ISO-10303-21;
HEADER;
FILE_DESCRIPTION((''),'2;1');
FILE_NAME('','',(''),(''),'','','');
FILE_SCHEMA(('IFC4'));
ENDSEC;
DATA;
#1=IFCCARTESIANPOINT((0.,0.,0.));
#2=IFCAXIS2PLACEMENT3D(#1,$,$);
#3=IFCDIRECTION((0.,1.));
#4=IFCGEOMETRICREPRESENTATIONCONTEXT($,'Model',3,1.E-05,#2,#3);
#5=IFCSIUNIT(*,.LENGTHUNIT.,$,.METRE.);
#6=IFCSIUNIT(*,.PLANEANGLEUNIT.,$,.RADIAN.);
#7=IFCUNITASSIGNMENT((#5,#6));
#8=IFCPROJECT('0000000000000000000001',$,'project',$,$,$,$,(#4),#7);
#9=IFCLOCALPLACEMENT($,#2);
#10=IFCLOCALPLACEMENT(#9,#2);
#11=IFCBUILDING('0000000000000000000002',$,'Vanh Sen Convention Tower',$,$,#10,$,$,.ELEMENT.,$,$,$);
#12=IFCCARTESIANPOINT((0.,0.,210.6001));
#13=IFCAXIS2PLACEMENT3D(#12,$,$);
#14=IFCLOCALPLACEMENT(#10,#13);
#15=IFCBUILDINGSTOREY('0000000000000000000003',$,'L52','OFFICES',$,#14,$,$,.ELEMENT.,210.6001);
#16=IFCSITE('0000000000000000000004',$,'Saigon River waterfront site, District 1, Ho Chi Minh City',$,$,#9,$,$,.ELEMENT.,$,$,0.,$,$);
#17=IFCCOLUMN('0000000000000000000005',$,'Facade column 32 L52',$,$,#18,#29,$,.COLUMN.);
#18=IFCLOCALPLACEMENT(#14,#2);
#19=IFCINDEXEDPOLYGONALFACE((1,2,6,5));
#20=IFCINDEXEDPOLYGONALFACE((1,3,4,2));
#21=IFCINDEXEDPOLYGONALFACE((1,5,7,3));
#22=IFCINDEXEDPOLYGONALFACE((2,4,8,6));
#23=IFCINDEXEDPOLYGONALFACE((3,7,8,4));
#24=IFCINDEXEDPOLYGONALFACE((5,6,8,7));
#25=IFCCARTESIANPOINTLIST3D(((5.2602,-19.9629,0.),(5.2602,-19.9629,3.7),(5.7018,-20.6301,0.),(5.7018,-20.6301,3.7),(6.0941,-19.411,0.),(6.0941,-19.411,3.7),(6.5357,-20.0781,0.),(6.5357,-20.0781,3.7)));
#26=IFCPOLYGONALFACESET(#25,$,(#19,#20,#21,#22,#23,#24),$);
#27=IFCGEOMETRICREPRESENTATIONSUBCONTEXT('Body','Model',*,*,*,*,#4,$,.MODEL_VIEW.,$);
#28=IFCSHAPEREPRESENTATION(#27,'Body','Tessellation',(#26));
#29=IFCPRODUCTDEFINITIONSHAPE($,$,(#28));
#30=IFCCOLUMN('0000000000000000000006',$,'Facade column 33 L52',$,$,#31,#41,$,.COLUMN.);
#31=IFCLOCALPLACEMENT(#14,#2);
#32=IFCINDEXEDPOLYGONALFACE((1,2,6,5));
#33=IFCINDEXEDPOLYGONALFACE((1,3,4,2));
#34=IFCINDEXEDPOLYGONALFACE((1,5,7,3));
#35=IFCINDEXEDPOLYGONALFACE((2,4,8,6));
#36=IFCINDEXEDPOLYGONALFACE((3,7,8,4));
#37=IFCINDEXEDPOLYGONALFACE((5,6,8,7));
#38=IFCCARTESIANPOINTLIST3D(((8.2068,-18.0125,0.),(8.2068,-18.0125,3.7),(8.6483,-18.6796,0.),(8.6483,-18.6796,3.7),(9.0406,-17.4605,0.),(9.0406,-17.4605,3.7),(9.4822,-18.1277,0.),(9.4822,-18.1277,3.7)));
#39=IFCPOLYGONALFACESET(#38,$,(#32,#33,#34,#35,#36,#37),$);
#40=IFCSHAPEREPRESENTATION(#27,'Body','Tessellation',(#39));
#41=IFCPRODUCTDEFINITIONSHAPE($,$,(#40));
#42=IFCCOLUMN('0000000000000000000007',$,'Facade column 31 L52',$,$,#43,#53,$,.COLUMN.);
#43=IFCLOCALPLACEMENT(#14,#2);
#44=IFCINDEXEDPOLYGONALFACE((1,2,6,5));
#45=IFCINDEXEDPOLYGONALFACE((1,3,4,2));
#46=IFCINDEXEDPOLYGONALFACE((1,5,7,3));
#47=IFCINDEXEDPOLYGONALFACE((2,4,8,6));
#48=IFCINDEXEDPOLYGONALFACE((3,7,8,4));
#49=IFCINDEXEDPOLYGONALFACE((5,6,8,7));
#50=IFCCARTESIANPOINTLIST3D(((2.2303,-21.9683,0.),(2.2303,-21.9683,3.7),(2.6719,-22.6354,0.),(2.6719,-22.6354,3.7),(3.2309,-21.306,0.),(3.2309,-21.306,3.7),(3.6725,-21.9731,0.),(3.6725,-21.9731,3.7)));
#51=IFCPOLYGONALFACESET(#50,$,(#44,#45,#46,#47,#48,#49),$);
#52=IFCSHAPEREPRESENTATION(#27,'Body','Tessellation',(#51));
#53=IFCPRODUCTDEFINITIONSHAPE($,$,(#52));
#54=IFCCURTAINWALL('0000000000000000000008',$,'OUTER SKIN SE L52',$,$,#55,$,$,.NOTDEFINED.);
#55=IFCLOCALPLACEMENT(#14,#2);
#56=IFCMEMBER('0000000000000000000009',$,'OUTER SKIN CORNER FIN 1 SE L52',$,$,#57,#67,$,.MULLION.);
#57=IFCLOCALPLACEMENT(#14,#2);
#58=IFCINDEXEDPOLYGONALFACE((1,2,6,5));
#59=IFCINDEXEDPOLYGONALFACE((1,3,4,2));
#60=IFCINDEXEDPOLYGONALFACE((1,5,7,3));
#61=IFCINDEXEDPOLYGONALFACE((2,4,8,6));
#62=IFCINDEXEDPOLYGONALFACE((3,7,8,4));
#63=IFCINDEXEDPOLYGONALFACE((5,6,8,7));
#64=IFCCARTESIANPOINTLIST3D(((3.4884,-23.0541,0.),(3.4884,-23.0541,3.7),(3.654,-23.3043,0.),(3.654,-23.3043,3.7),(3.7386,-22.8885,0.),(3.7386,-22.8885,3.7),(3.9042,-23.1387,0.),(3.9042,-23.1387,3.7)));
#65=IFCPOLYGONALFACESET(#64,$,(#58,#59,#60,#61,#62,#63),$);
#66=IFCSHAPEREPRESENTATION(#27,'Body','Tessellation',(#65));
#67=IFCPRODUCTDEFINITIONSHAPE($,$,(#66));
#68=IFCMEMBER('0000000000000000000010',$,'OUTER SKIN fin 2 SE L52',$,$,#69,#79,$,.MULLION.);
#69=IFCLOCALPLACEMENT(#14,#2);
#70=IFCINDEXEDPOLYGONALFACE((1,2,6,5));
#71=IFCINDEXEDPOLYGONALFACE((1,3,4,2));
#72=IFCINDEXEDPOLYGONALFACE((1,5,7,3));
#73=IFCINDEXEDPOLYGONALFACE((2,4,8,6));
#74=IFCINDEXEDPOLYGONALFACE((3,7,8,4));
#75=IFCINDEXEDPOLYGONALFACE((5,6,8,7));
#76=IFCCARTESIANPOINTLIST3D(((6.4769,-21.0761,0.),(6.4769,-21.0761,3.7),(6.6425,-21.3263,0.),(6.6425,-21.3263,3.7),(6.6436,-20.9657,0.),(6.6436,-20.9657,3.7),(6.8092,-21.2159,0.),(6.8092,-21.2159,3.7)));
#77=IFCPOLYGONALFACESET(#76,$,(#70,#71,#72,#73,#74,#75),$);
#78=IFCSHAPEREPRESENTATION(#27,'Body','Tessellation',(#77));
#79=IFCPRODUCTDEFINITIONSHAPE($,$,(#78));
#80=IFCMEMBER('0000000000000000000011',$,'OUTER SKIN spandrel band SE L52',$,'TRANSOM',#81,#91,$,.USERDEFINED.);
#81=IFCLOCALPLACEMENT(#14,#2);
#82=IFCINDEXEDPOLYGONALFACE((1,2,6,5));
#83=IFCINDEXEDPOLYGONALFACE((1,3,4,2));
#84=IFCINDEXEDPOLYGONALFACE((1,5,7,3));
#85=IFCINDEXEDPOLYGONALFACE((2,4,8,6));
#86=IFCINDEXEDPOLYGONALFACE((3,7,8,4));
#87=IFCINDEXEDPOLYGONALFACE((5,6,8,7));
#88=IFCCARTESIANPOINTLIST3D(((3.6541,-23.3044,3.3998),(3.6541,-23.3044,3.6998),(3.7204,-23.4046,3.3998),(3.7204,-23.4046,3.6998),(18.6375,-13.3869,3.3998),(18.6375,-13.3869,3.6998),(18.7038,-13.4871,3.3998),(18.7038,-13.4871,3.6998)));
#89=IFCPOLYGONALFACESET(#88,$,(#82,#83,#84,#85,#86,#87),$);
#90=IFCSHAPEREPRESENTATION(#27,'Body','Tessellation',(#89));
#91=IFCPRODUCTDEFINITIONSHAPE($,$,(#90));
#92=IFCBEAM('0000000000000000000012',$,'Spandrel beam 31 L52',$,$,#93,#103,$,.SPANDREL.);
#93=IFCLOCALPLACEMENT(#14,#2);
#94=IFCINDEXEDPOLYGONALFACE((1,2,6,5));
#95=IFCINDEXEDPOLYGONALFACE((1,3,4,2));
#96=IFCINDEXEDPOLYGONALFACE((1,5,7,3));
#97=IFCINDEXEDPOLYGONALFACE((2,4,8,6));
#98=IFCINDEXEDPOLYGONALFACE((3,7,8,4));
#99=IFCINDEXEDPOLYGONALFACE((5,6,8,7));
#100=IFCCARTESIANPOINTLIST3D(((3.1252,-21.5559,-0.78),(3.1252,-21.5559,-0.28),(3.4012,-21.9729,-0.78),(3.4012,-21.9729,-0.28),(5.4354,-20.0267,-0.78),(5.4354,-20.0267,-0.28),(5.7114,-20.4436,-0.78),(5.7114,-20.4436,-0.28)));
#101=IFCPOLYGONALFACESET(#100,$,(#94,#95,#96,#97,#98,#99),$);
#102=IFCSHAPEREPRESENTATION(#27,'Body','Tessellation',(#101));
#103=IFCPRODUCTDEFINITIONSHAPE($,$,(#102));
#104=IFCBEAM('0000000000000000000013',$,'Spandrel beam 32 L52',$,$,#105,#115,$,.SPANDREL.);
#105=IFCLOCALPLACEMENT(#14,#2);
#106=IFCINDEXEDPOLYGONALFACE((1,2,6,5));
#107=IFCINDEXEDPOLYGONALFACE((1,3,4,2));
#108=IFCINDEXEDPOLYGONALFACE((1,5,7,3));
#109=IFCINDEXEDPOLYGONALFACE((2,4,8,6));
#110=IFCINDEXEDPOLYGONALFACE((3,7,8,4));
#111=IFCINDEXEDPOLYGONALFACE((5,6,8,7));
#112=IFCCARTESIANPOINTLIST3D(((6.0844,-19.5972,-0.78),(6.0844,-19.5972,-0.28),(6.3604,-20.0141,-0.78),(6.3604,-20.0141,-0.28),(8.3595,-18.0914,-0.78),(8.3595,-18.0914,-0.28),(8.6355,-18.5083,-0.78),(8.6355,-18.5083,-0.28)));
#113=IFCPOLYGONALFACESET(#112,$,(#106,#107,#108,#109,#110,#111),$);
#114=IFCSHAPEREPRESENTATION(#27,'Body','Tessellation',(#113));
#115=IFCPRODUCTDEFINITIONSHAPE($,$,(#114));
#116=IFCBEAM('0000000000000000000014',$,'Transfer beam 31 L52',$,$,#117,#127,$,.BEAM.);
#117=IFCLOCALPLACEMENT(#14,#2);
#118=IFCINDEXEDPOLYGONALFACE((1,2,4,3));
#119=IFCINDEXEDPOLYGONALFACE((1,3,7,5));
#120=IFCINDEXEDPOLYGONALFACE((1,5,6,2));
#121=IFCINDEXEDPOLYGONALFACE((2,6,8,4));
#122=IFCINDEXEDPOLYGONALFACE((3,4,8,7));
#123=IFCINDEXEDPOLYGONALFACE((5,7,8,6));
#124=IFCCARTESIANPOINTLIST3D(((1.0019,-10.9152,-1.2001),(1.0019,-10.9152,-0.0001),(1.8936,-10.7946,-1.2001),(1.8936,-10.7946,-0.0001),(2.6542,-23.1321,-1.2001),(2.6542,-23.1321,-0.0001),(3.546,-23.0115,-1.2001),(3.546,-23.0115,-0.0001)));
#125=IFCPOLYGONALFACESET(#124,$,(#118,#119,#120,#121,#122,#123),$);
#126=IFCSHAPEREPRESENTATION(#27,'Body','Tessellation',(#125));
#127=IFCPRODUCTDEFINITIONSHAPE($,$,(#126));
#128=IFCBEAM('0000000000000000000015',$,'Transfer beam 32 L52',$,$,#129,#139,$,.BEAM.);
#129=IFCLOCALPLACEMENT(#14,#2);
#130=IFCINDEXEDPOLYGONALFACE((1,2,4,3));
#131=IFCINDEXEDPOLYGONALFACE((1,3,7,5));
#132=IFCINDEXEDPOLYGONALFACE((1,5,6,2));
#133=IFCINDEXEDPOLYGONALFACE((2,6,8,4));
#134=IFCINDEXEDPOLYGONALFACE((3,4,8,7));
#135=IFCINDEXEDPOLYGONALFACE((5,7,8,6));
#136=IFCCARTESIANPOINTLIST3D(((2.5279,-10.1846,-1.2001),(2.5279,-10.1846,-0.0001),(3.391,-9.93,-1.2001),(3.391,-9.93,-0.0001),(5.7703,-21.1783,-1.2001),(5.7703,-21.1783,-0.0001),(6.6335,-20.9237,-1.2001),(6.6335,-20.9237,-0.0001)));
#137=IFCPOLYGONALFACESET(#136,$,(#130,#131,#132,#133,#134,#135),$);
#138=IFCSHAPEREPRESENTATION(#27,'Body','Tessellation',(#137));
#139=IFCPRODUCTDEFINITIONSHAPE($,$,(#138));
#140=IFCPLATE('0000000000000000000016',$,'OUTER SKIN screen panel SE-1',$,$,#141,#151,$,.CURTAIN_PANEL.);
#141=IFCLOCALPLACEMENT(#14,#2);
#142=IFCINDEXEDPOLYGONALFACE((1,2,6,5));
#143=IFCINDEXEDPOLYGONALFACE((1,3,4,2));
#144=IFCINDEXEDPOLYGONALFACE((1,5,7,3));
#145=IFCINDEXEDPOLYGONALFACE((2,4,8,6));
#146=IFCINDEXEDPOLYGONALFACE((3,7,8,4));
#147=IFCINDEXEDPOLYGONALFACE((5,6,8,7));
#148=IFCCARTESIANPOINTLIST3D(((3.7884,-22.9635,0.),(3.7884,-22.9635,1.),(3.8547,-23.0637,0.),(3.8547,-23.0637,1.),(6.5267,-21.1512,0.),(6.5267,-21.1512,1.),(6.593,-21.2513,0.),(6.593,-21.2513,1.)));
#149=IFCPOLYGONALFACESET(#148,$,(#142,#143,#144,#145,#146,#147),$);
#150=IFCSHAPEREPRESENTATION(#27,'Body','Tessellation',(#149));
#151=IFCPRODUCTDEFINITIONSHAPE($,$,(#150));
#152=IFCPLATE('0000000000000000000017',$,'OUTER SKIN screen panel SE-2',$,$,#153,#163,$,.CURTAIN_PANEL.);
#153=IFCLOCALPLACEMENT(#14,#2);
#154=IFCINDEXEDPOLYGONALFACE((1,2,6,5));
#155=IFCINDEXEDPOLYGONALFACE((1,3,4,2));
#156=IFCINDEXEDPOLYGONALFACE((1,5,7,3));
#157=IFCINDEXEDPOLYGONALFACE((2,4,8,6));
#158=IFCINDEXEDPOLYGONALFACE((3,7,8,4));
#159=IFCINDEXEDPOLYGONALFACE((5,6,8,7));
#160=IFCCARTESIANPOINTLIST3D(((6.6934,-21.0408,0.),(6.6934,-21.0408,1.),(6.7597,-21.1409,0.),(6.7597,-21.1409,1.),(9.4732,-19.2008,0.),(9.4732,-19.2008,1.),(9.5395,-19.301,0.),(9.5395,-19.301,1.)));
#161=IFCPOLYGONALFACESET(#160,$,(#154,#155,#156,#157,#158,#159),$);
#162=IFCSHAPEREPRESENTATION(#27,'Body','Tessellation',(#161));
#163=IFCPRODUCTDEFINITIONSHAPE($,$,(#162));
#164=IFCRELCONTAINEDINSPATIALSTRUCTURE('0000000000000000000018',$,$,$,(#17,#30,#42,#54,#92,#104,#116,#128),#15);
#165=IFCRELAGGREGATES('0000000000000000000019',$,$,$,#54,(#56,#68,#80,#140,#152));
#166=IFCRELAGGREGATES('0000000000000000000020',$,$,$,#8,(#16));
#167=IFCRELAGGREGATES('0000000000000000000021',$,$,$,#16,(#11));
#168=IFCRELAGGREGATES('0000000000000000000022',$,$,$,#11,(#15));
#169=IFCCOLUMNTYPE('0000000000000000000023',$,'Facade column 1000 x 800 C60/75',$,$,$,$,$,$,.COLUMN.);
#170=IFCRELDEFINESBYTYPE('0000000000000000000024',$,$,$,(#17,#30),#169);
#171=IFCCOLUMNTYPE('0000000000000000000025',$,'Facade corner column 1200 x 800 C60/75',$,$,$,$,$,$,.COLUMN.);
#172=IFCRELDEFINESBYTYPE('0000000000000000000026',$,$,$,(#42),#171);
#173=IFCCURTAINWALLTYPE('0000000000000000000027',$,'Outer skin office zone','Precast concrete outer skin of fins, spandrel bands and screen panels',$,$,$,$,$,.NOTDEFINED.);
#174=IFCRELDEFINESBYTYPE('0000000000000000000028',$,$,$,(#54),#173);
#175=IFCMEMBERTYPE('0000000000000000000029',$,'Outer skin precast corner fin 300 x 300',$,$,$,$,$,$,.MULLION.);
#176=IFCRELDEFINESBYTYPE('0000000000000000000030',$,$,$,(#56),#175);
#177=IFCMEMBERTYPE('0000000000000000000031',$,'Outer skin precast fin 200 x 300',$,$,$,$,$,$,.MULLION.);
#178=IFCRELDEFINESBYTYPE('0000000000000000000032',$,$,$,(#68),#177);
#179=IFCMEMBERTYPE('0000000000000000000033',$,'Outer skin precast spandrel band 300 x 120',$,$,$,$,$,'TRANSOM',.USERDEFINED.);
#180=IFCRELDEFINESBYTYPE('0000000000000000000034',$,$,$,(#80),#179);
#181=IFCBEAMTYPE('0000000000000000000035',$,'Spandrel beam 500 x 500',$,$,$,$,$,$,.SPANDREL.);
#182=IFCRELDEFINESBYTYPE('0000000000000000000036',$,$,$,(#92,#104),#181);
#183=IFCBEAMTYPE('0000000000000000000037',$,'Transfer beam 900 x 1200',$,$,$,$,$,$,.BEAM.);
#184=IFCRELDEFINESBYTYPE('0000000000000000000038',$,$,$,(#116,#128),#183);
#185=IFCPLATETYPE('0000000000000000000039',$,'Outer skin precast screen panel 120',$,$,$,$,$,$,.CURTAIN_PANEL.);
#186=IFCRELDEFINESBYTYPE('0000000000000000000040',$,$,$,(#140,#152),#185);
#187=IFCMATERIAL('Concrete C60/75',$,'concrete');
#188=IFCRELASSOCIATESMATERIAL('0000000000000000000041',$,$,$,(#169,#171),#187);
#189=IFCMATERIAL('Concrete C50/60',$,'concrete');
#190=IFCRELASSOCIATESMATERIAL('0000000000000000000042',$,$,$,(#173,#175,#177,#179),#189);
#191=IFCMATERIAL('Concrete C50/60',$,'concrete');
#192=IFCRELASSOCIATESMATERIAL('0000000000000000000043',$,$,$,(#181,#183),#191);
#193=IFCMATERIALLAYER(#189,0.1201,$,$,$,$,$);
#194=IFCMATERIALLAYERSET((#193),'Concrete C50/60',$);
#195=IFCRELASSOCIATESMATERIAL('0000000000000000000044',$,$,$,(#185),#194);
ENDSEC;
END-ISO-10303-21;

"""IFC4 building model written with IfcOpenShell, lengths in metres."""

from ifc_helpers import new_model, si_unit, direction, frame, origin, origin_2d, place, context, subcontext, project, spatial, rectangle, extrude, material, layer, layer_set, material_profile, profile_set, type_object, element, aggregate, save


model = new_model("IFC4")

# Units and contexts
model_context = context("Model", 3, precision=1e-05, world=origin(), true_north=direction((0.0, 1.0)))
body_context = subcontext(model_context, "Body", "Model", "MODEL_VIEW")
ifc_project = project(units=[si_unit("LENGTHUNIT", "METRE"), si_unit("PLANEANGLEUNIT", "RADIAN")], contexts=[model_context])

# Site, building, storey
site_placement = place(None, origin())
site = spatial("IfcSite", under=ifc_project, at=site_placement, Name="Saigon River waterfront site, District 1, Ho Chi Minh City", CompositionType="ELEMENT", RefElevation=0.0)
building_placement = place(site_placement, origin())
building = spatial("IfcBuilding", under=site, at=building_placement, Name="Vanh Sen Convention Tower", CompositionType="ELEMENT")
storey_placement = place(building_placement, frame((0.0, 0.0, 210.6001)))
storey = spatial("IfcBuildingStorey", under=building, at=storey_placement, Name="L52", Description="OFFICES", CompositionType="ELEMENT", Elevation=210.6001)

# Columns
ifc_material_1 = material(Name="Concrete C60/75", Category="concrete")
ifc_material_profile_1 = material_profile(ifc_material_1, rectangle(XDim=1.0, YDim=0.8, at=origin_2d()), Name="RC 1000X800")
ifc_profile_set_1 = profile_set([ifc_material_profile_1], Name="Concrete C60/75")
column_type_1 = type_object("IfcColumnType", Name="Facade column 1000 x 800 C60/75", PredefinedType="COLUMN", material=ifc_profile_set_1)
for number, where, z_axis, x_axis, name in (
    (1, (5.8979, -20.0205, 0.0), (0.0, 0.0, 1.0), (0.833886, 0.551937, 0.0), "Facade column 32 L52"),
    (2, (8.8445, -18.0701, 0.0), (0.0, 0.0, 1.0), (0.833886, 0.551937, 0.0), "Facade column 33 L52"),
):
    element("IfcColumn", number, at=place(storey_placement, frame(where, z_axis=z_axis, x_axis=x_axis)), inside=storey, type_object=column_type_1, Name=name, PredefinedType="COLUMN", context=body_context, shape_type="SweptSolid", body=[
        extrude(rectangle(XDim=1.0, YDim=0.8, at=origin_2d()), origin(), (0.0, 0.0, 1.0), 3.7),
    ])
ifc_material_profile_2 = material_profile(ifc_material_1, rectangle(XDim=1.2, YDim=0.8, at=origin_2d()), Name="RC 1200X800")
ifc_profile_set_2 = profile_set([ifc_material_profile_2], Name="Concrete C60/75")
column_type_2 = type_object("IfcColumnType", Name="Facade corner column 1200 x 800 C60/75", PredefinedType="COLUMN", material=ifc_profile_set_2)
column_placement = place(storey_placement, frame((2.9514, -21.9707, 0.0), z_axis=(0.0, 0.0, 1.0), x_axis=(0.833886, 0.551937, 0.0)))
element("IfcColumn", 3, at=column_placement, inside=storey, type_object=column_type_2, Name="Facade column 31 L52", PredefinedType="COLUMN", context=body_context, shape_type="SweptSolid", body=[
    extrude(rectangle(XDim=1.2, YDim=0.8, at=origin_2d()), origin(), (0.0, 0.0, 1.0), 3.7),
])

# Curtain wall, members
ifc_material_2 = material(Name="Concrete C50/60", Category="concrete")
curtain_wall_type = type_object("IfcCurtainWallType", Name="Outer skin office zone", Description="Precast concrete outer skin of fins, spandrel bands and screen panels", PredefinedType="NOTDEFINED", material=ifc_material_2)
curtain_wall_placement = place(storey_placement, origin())
curtain_wall = element("IfcCurtainWall", 4, at=curtain_wall_placement, inside=storey, type_object=curtain_wall_type, Name="OUTER SKIN SE L52", PredefinedType="NOTDEFINED")
ifc_material_profile_3 = material_profile(ifc_material_2, rectangle(XDim=0.3, YDim=0.3, at=origin_2d()), Name="Outer skin precast corner fin 300 x 300")
ifc_profile_set_3 = profile_set([ifc_material_profile_3], Name="Concrete C50/60")
member_type_1 = type_object("IfcMemberType", Name="Outer skin precast corner fin 300 x 300", PredefinedType="MULLION", material=ifc_profile_set_3)
member_1_placement = place(storey_placement, frame((3.6963, -23.0964, 0.0), z_axis=(0.0, 0.0, 1.0), x_axis=(0.833886, 0.551937, 0.0)))
member_1 = element("IfcMember", 5, at=member_1_placement, type_object=member_type_1, Name="OUTER SKIN CORNER FIN 1 SE L52", PredefinedType="MULLION", context=body_context, shape_type="SweptSolid", body=[
    extrude(rectangle(XDim=0.3, YDim=0.3, at=origin_2d()), origin(), (0.0, 0.0, 1.0), 3.7),
])
ifc_material_profile_4 = material_profile(ifc_material_2, rectangle(XDim=0.2, YDim=0.3, at=origin_2d()), Name="Outer skin precast fin 200 x 300")
ifc_profile_set_4 = profile_set([ifc_material_profile_4], Name="Concrete C50/60")
member_type_2 = type_object("IfcMemberType", Name="Outer skin precast fin 200 x 300", PredefinedType="MULLION", material=ifc_profile_set_4)
member_2_placement = place(storey_placement, frame((6.6431, -21.146, 0.0), z_axis=(0.0, 0.0, 1.0), x_axis=(0.833886, 0.551937, 0.0)))
member_2 = element("IfcMember", 6, at=member_2_placement, type_object=member_type_2, Name="OUTER SKIN fin 2 SE L52", PredefinedType="MULLION", context=body_context, shape_type="SweptSolid", body=[
    extrude(rectangle(XDim=0.2, YDim=0.3, at=origin_2d()), origin(), (0.0, 0.0, 1.0), 3.7),
])
ifc_material_profile_5 = material_profile(ifc_material_2, rectangle(XDim=0.1201, YDim=0.3, at=origin_2d()), Name="Outer skin precast spandrel band 300 x 120")
ifc_profile_set_5 = profile_set([ifc_material_profile_5], Name="Concrete C50/60")
member_type_3 = type_object("IfcMemberType", Name="Outer skin precast spandrel band 300 x 120", ElementType="TRANSOM", PredefinedType="USERDEFINED", material=ifc_profile_set_5)
member_3_placement = place(storey_placement, frame((3.6873, -23.3545, 3.5498), z_axis=(0.833881, 0.551944, 0.0), x_axis=(-0.551944, 0.833881, 0.0)))
member_3 = element("IfcMember", 7, at=member_3_placement, type_object=member_type_3, Name="OUTER SKIN spandrel band SE L52", ObjectType="TRANSOM", PredefinedType="USERDEFINED", context=body_context, shape_type="SweptSolid", body=[
    extrude(rectangle(XDim=0.1201, YDim=0.3, at=origin_2d()), origin(), (0.0, 0.0, 1.0), 17.9683),
])

# Beams
ifc_material_3 = material(Name="Concrete C50/60", Category="concrete")
ifc_material_profile_6 = material_profile(ifc_material_3, rectangle(XDim=0.5, YDim=0.5, at=origin_2d()), Name="RC 500X500")
ifc_profile_set_6 = profile_set([ifc_material_profile_6], Name="Concrete C50/60")
beam_type_1 = type_object("IfcBeamType", Name="Spandrel beam 500 x 500", PredefinedType="SPANDREL", material=ifc_profile_set_6)
beam_1_placement = place(storey_placement, frame((3.2632, -21.7644, -0.53), z_axis=(0.833862, 0.551972, 0.0), x_axis=(-0.551972, 0.833862, 0.0)))
element("IfcBeam", 8, at=beam_1_placement, inside=storey, type_object=beam_type_1, Name="Spandrel beam 31 L52", PredefinedType="SPANDREL", context=body_context, shape_type="SweptSolid", body=[
    extrude(rectangle(XDim=0.5, YDim=0.5, at=origin_2d()), origin(), (0.0, 0.0, 1.0), 2.7705),
])
beam_2_placement = place(storey_placement, frame((6.2224, -19.8057, -0.53), z_axis=(0.83389, 0.55193, 0.0), x_axis=(-0.55193, 0.83389, 0.0)))
element("IfcBeam", 9, at=beam_2_placement, inside=storey, type_object=beam_type_1, Name="Spandrel beam 32 L52", PredefinedType="SPANDREL", context=body_context, shape_type="SweptSolid", body=[
    extrude(rectangle(XDim=0.5, YDim=0.5, at=origin_2d()), origin(), (0.0, 0.0, 1.0), 2.7283),
])
ifc_material_profile_7 = material_profile(ifc_material_3, rectangle(XDim=0.8999, YDim=1.2, at=origin_2d()), Name="RC 900X1200")
ifc_profile_set_7 = profile_set([ifc_material_profile_7], Name="Concrete C50/60")
beam_type_2 = type_object("IfcBeamType", Name="Transfer beam 900 x 1200", PredefinedType="BEAM", material=ifc_profile_set_7)
beam_3_placement = place(storey_placement, frame((3.1001, -23.0718, -0.6001), z_axis=(-0.134031, 0.990977, 0.0), x_axis=(-0.990977, -0.134031, 0.0)))
element("IfcBeam", 10, at=beam_3_placement, inside=storey, type_object=beam_type_2, Name="Transfer beam 31 L52", PredefinedType="BEAM", context=body_context, shape_type="SweptSolid", body=[
    extrude(rectangle(XDim=0.8999, YDim=1.2, at=origin_2d()), origin(), (0.0, 0.0, 1.0), 12.3281),
])
beam_4_placement = place(storey_placement, frame((6.2019, -21.051, -0.6001), z_axis=(-0.282889, 0.959153, 0.0), x_axis=(-0.959153, -0.282889, 0.0)))
element("IfcBeam", 11, at=beam_4_placement, inside=storey, type_object=beam_type_2, Name="Transfer beam 32 L52", PredefinedType="BEAM", context=body_context, shape_type="SweptSolid", body=[
    extrude(rectangle(XDim=0.8999, YDim=1.2, at=origin_2d()), origin(), (0.0, 0.0, 1.0), 11.4619),
])

# Plates
ifc_layer_1 = layer(ifc_material_2, 0.1201)
ifc_layer_set_1 = layer_set([ifc_layer_1], Name="Concrete C50/60")
plate_type = type_object("IfcPlateType", Name="Outer skin precast screen panel 120", PredefinedType="CURTAIN_PANEL", material=ifc_layer_set_1)
plate_1_placement = place(storey_placement, frame((5.1907, -22.1074, 0.0), z_axis=(0.0, 0.0, 1.0), x_axis=(0.833896, 0.551921, 0.0)))
plate_1 = element("IfcPlate", 12, at=plate_1_placement, type_object=plate_type, Name="OUTER SKIN screen panel SE-1", PredefinedType="CURTAIN_PANEL", context=body_context, shape_type="SweptSolid", body=[
    extrude(rectangle(XDim=3.2837, YDim=0.1201, at=origin_2d()), origin(), (0.0, 0.0, 1.0), 1.0),
])
plate_2_placement = place(storey_placement, frame((8.1165, -20.1709, 0.0), z_axis=(0.0, 0.0, 1.0), x_axis=(0.833874, 0.551954, 0.0)))
plate_2 = element("IfcPlate", 13, at=plate_2_placement, type_object=plate_type, Name="OUTER SKIN screen panel SE-2", PredefinedType="CURTAIN_PANEL", context=body_context, shape_type="SweptSolid", body=[
    extrude(rectangle(XDim=3.3335, YDim=0.1201, at=origin_2d()), origin(), (0.0, 0.0, 1.0), 1.0),
])
aggregate(curtain_wall, [member_1, member_2, member_3, plate_1, plate_2])

save(model, "model.ifc")
